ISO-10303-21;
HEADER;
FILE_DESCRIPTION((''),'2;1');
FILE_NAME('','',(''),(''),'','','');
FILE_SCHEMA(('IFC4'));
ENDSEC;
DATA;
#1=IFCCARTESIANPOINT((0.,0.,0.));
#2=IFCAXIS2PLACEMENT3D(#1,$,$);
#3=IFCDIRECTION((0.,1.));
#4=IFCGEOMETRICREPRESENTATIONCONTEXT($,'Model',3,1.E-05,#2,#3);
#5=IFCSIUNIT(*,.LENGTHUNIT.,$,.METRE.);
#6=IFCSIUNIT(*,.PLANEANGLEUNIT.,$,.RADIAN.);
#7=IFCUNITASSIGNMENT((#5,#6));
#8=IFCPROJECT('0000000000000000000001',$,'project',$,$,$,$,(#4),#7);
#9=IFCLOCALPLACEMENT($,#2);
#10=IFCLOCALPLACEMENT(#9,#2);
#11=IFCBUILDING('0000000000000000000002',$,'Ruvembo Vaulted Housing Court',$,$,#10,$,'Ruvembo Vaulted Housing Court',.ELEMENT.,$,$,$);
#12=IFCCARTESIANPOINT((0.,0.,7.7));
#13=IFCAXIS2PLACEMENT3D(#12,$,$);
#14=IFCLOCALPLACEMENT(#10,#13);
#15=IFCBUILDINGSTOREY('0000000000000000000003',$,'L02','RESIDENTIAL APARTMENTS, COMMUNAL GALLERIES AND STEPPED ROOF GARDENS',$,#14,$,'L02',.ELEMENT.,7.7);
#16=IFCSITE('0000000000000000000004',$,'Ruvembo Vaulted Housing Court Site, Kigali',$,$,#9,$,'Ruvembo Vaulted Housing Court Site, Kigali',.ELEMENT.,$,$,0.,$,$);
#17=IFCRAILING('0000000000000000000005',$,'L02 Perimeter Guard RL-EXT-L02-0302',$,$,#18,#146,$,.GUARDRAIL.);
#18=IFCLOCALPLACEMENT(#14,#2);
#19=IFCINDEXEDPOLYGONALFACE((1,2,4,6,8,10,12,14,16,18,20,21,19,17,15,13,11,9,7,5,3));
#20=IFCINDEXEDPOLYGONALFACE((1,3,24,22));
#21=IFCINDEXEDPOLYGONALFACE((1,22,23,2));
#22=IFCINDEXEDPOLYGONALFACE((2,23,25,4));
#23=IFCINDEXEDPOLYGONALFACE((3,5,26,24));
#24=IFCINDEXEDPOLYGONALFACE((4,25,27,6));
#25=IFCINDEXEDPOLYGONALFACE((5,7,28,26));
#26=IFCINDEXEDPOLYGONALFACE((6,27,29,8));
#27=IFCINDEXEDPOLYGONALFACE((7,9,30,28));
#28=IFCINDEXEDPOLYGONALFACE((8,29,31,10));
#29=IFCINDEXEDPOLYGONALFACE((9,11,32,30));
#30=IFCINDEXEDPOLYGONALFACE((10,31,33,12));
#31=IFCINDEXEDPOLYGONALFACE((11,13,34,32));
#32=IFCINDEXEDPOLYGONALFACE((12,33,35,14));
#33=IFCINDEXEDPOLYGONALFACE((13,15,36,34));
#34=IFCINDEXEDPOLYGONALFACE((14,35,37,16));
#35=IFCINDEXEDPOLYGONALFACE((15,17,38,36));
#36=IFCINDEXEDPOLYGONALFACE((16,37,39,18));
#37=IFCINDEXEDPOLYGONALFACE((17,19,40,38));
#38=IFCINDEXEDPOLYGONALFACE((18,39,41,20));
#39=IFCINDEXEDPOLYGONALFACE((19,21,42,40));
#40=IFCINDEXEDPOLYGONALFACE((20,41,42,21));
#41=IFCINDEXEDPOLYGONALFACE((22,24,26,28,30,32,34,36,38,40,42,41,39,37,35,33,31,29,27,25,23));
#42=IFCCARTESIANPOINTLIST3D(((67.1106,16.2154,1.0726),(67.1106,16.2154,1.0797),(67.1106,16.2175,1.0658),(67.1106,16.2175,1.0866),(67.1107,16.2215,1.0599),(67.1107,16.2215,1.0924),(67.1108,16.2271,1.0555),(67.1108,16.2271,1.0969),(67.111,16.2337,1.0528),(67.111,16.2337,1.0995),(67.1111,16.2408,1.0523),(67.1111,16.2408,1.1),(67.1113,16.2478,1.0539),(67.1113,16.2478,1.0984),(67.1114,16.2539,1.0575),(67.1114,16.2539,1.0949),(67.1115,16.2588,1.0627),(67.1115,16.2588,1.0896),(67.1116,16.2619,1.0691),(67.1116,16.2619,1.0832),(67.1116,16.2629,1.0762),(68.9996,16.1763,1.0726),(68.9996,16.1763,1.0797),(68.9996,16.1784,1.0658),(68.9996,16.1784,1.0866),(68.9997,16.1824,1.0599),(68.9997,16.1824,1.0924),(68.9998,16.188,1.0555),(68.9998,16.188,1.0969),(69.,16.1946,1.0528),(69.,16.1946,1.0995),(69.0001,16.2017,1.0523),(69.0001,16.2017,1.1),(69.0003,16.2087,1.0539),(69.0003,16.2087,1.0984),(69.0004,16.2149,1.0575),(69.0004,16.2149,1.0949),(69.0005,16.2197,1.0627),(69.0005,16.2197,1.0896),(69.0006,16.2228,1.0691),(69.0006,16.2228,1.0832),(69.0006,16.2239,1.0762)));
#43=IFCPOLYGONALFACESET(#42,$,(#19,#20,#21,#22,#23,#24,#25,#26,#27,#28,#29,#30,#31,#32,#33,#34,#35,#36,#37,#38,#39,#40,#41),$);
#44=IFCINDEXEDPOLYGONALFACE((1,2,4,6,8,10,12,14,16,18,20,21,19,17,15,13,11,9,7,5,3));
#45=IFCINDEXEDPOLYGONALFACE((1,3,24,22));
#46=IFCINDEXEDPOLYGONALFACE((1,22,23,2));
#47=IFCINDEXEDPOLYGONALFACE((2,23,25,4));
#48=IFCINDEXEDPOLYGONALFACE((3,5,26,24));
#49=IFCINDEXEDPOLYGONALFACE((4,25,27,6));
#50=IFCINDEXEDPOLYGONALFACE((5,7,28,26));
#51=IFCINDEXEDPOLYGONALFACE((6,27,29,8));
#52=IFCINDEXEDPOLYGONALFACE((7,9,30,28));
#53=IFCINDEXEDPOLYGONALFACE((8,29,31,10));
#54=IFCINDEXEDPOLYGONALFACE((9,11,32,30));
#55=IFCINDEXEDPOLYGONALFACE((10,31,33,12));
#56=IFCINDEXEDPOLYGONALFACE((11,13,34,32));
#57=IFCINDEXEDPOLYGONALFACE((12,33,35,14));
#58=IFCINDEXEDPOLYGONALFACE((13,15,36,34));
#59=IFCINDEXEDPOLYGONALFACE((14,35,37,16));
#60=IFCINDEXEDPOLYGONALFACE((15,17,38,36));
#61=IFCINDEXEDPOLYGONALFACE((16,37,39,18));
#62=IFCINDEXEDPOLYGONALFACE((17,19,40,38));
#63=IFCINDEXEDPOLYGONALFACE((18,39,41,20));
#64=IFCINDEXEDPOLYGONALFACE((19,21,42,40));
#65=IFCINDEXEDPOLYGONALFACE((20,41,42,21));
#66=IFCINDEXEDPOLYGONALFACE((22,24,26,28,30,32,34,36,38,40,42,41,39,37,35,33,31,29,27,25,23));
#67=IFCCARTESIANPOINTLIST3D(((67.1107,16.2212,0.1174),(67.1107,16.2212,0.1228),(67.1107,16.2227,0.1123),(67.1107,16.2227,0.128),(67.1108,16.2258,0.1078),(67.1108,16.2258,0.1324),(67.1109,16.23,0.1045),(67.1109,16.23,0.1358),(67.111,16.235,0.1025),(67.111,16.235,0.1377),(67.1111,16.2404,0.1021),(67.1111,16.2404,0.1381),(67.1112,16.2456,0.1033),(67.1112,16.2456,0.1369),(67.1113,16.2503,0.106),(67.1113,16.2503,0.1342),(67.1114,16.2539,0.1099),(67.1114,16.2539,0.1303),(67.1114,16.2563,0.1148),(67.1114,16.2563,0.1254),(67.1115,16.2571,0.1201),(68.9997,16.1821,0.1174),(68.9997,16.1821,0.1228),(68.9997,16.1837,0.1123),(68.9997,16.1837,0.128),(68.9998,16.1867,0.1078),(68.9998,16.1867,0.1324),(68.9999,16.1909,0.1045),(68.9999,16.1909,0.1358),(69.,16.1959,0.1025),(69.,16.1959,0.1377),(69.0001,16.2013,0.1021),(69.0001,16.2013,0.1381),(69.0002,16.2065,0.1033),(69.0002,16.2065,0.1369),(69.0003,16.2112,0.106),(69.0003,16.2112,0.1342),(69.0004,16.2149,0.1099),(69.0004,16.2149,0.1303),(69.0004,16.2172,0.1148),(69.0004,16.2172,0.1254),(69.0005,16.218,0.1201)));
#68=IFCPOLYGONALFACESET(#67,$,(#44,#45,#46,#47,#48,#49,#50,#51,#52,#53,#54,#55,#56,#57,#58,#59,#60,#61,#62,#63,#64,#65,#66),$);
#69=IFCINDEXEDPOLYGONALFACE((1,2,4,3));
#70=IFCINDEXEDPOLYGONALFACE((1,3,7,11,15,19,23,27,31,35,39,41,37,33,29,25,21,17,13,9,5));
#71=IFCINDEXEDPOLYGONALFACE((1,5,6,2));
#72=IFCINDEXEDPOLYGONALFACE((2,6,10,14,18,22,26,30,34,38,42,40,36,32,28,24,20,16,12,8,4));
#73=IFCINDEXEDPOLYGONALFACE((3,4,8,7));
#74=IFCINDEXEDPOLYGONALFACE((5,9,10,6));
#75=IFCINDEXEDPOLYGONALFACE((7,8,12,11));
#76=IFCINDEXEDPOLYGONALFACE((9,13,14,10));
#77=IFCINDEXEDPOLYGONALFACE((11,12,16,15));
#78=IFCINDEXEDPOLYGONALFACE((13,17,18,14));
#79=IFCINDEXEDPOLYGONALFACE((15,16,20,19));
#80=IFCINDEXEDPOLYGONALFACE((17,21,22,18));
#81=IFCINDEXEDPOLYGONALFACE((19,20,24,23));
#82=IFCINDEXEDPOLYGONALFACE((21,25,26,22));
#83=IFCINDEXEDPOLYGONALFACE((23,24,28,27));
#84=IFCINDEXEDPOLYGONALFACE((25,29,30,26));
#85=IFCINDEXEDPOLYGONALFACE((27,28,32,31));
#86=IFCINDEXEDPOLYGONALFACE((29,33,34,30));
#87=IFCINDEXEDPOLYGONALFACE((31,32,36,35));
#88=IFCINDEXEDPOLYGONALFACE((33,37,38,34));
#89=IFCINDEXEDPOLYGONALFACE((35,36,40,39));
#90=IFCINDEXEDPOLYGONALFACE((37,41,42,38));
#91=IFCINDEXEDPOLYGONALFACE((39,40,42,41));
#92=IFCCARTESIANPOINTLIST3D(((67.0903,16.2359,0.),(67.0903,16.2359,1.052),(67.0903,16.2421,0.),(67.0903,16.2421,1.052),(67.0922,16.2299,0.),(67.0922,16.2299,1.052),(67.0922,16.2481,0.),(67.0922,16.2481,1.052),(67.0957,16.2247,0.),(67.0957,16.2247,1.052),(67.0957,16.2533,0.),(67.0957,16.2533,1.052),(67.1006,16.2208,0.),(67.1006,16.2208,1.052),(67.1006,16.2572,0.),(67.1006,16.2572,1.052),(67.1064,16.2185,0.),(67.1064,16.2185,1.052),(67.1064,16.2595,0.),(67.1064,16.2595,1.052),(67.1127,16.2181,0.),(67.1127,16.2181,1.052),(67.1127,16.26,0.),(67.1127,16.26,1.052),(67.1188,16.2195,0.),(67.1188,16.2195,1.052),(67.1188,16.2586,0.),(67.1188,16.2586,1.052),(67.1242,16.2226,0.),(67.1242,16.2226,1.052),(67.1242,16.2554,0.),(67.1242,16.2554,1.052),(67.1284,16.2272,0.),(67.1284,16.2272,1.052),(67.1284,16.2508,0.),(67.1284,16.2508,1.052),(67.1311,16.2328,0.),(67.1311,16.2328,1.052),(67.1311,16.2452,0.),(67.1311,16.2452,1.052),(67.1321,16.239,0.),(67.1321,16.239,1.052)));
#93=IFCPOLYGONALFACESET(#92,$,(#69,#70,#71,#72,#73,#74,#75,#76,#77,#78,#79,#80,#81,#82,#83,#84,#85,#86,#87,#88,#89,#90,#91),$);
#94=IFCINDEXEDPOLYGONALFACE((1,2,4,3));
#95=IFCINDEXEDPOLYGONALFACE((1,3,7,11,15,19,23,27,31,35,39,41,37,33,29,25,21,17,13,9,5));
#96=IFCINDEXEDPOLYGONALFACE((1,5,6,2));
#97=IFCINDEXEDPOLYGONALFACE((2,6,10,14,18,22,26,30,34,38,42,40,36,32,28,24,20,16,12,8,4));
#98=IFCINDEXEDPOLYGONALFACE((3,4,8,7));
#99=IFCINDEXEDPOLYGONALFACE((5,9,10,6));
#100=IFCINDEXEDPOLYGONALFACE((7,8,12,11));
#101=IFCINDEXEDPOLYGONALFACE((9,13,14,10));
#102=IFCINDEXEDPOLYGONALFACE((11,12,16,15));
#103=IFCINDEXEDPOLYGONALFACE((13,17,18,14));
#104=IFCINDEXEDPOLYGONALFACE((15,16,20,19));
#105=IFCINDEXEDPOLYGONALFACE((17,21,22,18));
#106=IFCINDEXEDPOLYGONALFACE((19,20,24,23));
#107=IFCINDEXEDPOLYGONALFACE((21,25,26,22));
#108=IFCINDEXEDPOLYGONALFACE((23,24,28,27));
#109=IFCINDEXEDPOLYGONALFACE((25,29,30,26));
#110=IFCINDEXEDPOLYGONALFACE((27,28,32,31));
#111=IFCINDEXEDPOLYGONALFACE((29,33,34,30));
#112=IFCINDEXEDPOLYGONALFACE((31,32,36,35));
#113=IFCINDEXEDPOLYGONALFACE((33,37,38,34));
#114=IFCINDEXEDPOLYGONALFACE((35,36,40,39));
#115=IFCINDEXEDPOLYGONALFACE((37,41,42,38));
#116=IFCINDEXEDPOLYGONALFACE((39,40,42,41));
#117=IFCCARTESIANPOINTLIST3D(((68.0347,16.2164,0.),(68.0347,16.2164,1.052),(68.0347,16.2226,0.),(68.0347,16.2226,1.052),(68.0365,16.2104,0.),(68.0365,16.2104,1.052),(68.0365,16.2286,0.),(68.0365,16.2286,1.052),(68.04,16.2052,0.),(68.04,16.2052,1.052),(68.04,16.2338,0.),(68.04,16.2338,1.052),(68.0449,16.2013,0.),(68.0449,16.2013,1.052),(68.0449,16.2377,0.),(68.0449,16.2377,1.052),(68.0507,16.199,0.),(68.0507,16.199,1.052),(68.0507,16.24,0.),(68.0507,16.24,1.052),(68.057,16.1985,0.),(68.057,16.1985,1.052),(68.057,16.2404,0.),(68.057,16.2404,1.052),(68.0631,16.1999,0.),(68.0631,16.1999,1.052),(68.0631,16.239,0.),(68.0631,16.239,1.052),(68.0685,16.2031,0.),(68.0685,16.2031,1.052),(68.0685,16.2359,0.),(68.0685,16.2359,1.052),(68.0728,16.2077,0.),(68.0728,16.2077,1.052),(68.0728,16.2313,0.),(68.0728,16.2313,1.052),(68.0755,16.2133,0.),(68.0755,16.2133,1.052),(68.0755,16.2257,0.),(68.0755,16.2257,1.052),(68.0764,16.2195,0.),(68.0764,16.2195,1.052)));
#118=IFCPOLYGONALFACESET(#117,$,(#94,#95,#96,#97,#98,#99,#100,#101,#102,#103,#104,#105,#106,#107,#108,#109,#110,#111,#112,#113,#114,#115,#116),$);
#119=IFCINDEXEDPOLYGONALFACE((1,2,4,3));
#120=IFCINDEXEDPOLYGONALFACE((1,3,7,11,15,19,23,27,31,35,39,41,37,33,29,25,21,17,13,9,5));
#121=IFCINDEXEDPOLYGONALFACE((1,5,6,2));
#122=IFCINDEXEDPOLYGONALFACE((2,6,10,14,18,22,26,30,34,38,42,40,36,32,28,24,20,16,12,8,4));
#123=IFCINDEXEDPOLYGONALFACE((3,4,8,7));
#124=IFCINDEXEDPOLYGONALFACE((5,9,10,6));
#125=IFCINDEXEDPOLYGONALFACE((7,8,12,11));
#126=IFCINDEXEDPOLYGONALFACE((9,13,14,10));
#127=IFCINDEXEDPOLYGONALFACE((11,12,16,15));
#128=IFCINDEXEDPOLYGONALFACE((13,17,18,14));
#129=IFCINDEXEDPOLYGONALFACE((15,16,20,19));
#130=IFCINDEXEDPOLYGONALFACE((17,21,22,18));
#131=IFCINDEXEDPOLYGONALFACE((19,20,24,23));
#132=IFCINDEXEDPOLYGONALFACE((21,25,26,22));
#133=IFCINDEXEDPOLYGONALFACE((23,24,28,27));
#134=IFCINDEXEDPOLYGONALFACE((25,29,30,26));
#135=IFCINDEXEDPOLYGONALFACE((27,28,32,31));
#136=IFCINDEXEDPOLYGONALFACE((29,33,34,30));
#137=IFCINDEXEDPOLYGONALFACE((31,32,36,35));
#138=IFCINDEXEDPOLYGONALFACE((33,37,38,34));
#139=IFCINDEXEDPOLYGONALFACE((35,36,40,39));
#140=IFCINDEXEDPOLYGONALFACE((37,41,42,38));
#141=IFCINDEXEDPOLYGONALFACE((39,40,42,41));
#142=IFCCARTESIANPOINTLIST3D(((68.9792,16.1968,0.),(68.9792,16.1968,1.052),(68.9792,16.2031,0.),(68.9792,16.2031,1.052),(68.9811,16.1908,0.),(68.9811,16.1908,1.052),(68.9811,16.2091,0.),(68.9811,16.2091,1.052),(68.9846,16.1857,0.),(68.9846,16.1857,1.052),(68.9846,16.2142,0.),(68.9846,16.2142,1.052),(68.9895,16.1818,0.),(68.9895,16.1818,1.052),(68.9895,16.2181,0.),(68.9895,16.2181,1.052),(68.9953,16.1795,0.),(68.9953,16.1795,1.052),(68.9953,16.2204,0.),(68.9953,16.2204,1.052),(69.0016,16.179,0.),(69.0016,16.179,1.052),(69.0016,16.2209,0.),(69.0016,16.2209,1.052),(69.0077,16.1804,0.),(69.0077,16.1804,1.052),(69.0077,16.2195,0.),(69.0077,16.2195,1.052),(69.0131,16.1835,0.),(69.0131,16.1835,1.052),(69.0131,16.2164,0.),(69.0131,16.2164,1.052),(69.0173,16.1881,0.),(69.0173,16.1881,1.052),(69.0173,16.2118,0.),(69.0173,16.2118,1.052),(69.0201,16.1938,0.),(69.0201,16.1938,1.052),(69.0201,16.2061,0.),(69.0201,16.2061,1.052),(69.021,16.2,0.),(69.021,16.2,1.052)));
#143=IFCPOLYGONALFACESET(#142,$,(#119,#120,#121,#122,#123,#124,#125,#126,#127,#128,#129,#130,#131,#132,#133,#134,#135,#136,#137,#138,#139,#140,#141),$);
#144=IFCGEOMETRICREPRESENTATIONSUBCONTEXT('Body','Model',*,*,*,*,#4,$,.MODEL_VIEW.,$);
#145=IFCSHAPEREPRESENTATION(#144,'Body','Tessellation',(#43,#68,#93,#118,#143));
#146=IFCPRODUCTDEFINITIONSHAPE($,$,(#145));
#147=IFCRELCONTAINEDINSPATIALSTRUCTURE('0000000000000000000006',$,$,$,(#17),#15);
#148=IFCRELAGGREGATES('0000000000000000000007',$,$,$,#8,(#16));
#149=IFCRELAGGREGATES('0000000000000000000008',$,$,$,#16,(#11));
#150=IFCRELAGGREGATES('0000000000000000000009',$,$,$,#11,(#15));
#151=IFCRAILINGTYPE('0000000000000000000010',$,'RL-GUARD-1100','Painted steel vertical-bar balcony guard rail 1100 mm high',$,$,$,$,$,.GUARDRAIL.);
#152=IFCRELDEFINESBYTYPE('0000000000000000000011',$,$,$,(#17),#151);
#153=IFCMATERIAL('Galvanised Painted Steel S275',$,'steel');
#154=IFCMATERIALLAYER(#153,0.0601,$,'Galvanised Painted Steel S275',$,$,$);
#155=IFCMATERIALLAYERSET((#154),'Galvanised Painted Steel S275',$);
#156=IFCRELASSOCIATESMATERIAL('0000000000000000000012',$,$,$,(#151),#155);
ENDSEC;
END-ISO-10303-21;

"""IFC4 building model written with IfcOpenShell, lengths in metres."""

from ifc_helpers import new_model, si_unit, direction, frame, origin, origin_2d, place, context, subcontext, project, spatial, circle, extrude, material, layer, layer_set, type_object, element, save


model = new_model("IFC4")

# Units and contexts
model_context = context("Model", 3, precision=1e-05, world=origin(), true_north=direction((0.0, 1.0)))
body_context = subcontext(model_context, "Body", "Model", "MODEL_VIEW")
ifc_project = project(units=[si_unit("LENGTHUNIT", "METRE"), si_unit("PLANEANGLEUNIT", "RADIAN")], contexts=[model_context])

# Site, building, storey
site_placement = place(None, origin())
site = spatial("IfcSite", under=ifc_project, at=site_placement, Name="Ruvembo Vaulted Housing Court Site, Kigali", LongName="Ruvembo Vaulted Housing Court Site, Kigali", CompositionType="ELEMENT", RefElevation=0.0)
building_placement = place(site_placement, origin())
building = spatial("IfcBuilding", under=site, at=building_placement, Name="Ruvembo Vaulted Housing Court", LongName="Ruvembo Vaulted Housing Court", CompositionType="ELEMENT")
storey_placement = place(building_placement, frame((0.0, 0.0, 7.7)))
storey = spatial("IfcBuildingStorey", under=building, at=storey_placement, Name="L02", Description="RESIDENTIAL APARTMENTS, COMMUNAL GALLERIES AND STEPPED ROOF GARDENS", LongName="L02", CompositionType="ELEMENT", Elevation=7.7)

# Railing
ifc_material_1 = material(Name="Galvanised Painted Steel S275", Category="steel")
ifc_layer = layer(ifc_material_1, 0.0601, Name="Galvanised Painted Steel S275")
ifc_layer_set = layer_set([ifc_layer], Name="Galvanised Painted Steel S275")
railing_type = type_object("IfcRailingType", Name="RL-GUARD-1100", Description="Painted steel vertical-bar balcony guard rail 1100 mm high", PredefinedType="GUARDRAIL", material=ifc_layer_set)
railing_1_placement = place(storey_placement, frame((67.1111, 16.239, 0.0)))
element("IfcRailing", 1, at=railing_1_placement, inside=storey, type_object=railing_type, Name="L02 Perimeter Guard RL-EXT-L02-0302", PredefinedType="GUARDRAIL", context=body_context, shape_type="SweptSolid", body=[
    extrude(circle(Radius=0.0239, at=origin_2d()), frame((0.0, 0.0, 1.0762), z_axis=(0.999786, -0.020675, 0.0), x_axis=(0.020675, 0.999786, 0.0)), (0.0, 0.0, 1.0), 1.8894),
    extrude(circle(Radius=0.0181, at=origin_2d()), frame((0.0, 0.0, 0.1201), z_axis=(0.999786, -0.020675, 0.0), x_axis=(0.020675, 0.999786, 0.0)), (0.0, 0.0, 1.0), 1.8894),
    extrude(circle(Radius=0.021, at=origin_2d()), origin(), (0.0, 0.0, 1.0), 1.052),
    extrude(circle(Radius=0.021, at=origin_2d()), frame((0.9443, -0.0195, 0.0)), (0.0, 0.0, 1.0), 1.052),
    extrude(circle(Radius=0.021, at=origin_2d()), frame((1.8889, -0.0391, 0.0)), (0.0, 0.0, 1.0), 1.052),
])

save(model, "model.ifc")
